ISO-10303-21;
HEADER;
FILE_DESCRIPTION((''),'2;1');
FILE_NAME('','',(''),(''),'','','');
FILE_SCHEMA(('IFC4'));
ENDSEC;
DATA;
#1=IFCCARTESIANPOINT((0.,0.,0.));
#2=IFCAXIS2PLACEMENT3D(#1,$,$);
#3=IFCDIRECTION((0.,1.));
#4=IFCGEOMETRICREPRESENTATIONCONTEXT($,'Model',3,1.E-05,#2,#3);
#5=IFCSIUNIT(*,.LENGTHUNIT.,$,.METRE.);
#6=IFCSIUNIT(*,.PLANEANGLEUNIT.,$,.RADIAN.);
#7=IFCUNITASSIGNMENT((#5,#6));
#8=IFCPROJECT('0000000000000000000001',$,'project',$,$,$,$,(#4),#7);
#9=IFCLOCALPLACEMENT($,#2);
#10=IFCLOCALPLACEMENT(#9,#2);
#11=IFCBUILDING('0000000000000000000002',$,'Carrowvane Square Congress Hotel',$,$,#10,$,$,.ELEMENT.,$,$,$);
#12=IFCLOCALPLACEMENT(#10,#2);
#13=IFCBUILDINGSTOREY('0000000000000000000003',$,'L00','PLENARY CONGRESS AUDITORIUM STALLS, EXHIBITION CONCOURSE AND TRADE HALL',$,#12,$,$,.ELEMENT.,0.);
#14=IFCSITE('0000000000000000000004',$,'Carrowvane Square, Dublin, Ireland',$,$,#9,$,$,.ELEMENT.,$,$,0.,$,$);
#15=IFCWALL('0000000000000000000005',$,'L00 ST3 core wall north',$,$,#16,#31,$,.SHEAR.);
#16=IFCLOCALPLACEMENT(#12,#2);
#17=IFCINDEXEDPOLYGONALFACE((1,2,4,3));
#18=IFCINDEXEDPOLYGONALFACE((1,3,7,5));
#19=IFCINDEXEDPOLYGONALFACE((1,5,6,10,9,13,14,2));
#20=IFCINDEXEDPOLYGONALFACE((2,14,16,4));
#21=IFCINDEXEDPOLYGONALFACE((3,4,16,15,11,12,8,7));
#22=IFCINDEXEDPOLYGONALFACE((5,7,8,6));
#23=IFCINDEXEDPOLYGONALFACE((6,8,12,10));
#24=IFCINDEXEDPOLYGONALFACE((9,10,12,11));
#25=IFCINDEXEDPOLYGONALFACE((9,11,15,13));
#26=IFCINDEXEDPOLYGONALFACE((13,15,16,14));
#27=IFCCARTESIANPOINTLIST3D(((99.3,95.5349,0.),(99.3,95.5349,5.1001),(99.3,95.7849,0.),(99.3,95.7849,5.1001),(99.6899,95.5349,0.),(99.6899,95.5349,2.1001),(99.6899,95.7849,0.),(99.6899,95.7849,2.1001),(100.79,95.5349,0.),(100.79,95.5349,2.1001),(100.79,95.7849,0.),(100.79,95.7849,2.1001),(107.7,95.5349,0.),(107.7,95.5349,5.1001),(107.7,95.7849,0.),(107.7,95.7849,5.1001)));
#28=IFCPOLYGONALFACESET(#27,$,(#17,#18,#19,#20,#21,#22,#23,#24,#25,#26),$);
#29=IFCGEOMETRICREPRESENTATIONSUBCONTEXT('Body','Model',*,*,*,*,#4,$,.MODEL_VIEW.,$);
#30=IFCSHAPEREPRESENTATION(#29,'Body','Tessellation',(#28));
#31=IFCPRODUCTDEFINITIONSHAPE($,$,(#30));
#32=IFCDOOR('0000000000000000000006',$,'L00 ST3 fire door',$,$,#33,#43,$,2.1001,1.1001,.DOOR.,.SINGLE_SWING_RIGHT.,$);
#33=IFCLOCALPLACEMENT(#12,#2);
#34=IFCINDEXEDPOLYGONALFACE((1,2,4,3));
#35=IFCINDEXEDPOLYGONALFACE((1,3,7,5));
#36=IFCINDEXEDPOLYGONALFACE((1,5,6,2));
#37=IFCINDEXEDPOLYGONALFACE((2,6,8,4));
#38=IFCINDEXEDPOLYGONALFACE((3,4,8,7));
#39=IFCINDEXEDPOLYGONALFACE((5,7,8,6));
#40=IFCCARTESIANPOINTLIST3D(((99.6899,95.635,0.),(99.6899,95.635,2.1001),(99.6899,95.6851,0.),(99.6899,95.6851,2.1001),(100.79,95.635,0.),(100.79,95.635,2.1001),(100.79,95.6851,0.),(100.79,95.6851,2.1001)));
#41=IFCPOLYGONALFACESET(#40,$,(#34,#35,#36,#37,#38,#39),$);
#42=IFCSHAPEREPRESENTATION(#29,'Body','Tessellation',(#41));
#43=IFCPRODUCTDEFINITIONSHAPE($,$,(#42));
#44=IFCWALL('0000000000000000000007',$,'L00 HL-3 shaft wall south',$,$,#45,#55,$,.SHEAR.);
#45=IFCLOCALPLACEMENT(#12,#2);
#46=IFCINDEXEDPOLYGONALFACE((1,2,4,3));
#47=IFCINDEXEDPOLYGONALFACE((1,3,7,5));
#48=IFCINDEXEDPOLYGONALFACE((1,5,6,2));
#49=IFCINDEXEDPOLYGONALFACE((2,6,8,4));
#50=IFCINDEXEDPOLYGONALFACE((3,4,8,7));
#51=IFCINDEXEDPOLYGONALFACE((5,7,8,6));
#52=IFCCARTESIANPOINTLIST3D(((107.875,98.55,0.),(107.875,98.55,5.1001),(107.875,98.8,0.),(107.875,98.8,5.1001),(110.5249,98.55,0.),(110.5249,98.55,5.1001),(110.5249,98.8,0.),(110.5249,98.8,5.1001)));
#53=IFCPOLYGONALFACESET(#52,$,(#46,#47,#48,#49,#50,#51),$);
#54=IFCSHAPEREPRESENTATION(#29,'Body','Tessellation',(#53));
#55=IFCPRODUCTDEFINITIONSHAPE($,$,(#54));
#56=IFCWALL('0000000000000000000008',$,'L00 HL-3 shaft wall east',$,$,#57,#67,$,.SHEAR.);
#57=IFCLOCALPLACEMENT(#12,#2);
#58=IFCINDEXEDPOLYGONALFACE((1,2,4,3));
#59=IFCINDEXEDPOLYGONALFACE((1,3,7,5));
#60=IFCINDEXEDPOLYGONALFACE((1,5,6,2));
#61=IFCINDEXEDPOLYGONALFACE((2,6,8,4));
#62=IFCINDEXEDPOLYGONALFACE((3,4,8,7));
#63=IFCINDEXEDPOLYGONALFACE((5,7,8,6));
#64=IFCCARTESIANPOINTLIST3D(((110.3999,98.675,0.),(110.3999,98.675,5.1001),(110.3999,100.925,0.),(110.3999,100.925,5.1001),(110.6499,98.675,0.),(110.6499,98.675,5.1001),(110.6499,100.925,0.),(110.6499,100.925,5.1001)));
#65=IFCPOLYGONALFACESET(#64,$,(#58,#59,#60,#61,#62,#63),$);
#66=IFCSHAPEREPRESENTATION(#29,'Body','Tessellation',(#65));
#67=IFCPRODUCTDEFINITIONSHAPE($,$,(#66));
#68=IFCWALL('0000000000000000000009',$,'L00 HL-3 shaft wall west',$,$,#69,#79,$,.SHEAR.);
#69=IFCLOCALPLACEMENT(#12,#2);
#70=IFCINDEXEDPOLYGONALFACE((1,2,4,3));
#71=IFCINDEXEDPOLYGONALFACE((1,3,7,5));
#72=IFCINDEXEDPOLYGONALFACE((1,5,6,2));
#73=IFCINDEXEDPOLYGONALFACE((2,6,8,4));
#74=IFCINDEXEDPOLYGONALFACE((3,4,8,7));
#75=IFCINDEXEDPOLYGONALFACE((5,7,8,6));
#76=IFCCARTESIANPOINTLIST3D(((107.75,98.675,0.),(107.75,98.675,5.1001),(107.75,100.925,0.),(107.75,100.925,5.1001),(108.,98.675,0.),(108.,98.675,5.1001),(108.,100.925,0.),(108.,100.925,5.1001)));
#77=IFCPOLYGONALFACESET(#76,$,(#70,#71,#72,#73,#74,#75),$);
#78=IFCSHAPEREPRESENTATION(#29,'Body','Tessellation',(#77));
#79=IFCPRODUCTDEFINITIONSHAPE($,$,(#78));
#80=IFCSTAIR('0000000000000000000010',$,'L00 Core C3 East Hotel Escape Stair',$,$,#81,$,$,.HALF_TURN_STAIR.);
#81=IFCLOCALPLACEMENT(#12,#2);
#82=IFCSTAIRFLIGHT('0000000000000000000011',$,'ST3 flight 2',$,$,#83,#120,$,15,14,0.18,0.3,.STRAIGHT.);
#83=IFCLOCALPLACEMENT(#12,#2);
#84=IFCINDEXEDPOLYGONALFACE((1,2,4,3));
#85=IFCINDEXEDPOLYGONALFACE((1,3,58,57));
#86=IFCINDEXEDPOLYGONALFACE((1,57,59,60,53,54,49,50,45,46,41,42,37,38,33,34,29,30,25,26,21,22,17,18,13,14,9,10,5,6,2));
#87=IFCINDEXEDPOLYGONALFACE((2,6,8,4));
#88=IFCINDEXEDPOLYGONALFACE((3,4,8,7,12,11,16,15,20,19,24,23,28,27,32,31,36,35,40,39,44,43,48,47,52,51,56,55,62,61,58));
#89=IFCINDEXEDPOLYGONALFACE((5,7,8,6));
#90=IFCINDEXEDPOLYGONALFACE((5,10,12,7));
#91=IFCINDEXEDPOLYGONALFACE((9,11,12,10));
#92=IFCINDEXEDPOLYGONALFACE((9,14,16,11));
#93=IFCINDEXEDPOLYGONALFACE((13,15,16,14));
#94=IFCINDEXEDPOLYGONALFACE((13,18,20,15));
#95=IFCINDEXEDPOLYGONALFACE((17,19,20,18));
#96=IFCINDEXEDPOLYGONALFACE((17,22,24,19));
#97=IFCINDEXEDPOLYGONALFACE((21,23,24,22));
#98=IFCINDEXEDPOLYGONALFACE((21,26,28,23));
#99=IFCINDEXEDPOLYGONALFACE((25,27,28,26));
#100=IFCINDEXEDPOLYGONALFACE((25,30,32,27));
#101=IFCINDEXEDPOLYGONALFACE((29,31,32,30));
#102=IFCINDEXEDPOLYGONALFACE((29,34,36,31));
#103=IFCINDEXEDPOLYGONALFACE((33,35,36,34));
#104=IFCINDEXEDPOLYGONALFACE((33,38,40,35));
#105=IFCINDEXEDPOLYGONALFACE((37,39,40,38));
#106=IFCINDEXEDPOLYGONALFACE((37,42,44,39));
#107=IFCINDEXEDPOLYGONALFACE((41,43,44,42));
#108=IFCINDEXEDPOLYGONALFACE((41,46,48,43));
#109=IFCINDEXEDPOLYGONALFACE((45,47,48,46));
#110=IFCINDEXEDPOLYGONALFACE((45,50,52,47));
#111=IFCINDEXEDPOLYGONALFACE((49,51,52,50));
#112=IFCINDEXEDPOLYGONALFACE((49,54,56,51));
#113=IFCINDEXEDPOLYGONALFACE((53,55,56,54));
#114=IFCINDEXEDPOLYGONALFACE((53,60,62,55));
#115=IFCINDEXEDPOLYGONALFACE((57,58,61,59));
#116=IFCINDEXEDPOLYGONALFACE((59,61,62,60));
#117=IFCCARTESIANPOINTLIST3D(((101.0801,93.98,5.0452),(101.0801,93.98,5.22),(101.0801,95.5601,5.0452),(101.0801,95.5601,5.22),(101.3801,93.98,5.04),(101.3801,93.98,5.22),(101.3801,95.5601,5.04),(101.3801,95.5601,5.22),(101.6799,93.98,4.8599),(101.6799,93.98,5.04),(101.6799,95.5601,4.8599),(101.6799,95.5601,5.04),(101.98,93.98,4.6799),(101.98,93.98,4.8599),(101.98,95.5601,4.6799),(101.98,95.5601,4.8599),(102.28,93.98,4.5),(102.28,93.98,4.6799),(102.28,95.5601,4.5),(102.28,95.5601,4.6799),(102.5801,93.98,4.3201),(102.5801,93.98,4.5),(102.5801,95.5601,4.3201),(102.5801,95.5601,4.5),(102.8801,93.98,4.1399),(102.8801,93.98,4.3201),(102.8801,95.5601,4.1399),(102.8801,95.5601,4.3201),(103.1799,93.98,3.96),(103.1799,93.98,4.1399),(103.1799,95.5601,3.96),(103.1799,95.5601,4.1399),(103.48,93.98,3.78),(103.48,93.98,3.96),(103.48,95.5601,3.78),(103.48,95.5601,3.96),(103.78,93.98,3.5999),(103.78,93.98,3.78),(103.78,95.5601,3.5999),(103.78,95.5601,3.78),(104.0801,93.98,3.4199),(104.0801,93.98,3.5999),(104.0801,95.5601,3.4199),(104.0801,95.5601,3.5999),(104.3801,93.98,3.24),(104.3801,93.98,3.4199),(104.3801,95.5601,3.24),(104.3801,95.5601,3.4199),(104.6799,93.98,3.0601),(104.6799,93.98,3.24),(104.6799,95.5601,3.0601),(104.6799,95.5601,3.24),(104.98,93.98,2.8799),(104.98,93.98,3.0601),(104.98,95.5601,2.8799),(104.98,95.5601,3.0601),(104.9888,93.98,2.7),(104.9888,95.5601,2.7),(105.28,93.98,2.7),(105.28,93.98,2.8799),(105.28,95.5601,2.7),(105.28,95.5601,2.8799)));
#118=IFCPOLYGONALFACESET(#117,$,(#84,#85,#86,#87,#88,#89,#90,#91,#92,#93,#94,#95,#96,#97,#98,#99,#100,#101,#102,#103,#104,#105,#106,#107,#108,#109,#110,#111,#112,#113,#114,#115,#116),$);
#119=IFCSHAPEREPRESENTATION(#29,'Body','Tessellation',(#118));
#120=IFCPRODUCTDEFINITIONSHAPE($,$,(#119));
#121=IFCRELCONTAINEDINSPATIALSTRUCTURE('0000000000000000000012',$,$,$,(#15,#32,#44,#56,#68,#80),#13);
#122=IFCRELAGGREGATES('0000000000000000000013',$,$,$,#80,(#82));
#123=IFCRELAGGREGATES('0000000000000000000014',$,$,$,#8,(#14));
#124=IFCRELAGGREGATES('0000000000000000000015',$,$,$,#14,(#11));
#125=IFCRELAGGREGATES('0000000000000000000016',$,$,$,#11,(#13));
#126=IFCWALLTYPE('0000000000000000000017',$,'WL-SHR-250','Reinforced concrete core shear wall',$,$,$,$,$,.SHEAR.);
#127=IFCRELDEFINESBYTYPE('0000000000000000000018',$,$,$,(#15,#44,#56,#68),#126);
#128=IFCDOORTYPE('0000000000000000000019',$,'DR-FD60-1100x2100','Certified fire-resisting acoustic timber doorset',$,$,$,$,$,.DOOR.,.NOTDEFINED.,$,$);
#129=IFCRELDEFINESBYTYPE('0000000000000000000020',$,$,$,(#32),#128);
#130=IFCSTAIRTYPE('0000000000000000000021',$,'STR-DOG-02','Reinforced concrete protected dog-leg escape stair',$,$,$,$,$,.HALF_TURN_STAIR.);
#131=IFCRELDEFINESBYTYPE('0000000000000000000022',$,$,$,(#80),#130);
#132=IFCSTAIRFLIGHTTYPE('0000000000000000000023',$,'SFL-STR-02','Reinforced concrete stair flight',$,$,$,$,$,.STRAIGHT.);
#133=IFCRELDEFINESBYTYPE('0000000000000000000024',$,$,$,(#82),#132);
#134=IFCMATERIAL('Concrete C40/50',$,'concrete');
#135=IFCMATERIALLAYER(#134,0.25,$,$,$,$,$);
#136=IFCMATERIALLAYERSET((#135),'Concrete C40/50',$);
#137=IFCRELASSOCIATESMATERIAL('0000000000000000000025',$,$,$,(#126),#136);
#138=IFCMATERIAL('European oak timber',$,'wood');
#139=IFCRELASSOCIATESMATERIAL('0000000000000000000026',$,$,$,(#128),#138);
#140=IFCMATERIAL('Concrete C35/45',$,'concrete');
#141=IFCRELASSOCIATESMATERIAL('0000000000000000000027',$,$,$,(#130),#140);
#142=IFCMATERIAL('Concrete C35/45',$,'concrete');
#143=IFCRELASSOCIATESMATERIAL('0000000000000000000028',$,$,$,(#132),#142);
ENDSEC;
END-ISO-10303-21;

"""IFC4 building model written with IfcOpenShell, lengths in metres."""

from ifc_helpers import new_model, si_unit, direction, frame, frame_2d, origin, place, context, subcontext, project, spatial, polyline, rectangle, outline, extrude, material, layer, layer_set, type_object, element, fill, aggregate, save


model = new_model("IFC4")

# Units and contexts
model_context = context("Model", 3, precision=1e-05, world=origin(), true_north=direction((0.0, 1.0)))
body_context = subcontext(model_context, "Body", "Model", "MODEL_VIEW")
ifc_project = project(units=[si_unit("LENGTHUNIT", "METRE"), si_unit("PLANEANGLEUNIT", "RADIAN")], contexts=[model_context])

# Site, building, storey
site_placement = place(None, origin())
site = spatial("IfcSite", under=ifc_project, at=site_placement, Name="Carrowvane Square, Dublin, Ireland", CompositionType="ELEMENT", RefElevation=0.0)
building_placement = place(site_placement, origin())
building = spatial("IfcBuilding", under=site, at=building_placement, Name="Carrowvane Square Congress Hotel", CompositionType="ELEMENT")
storey_placement = place(building_placement, origin())
storey = spatial("IfcBuildingStorey", under=building, at=storey_placement, Name="L00", Description="PLENARY CONGRESS AUDITORIUM STALLS, EXHIBITION CONCOURSE AND TRADE HALL", CompositionType="ELEMENT", Elevation=0.0)

# Wall, opening, door
ifc_material_1 = material(Name="Concrete C40/50", Category="concrete")
ifc_layer_1 = layer(ifc_material_1, 0.25)
ifc_layer_set_1 = layer_set([ifc_layer_1], Name="Concrete C40/50")
wall_type_1 = type_object("IfcWallType", Name="WL-SHR-250", Description="Reinforced concrete core shear wall", PredefinedType="SHEAR", material=ifc_layer_set_1)
wall_1_placement = place(storey_placement, frame((107.7, 95.6599, 0.0), z_axis=(0.0, 0.0, 1.0), x_axis=(-1.0, 0.0, 0.0)))
wall_1 = element("IfcWall", 1, at=wall_1_placement, inside=storey, type_object=wall_type_1, Name="L00 ST3 core wall north", PredefinedType="SHEAR", context=body_context, shape_type="SweptSolid", body=[
    extrude(rectangle(XDim=8.3999, YDim=0.25, at=frame_2d((4.2, 0.0))), origin(), (0.0, 0.0, 1.0), 5.1001),
])
opening_1_placement = place(wall_1_placement, frame((6.9099, 0.0, 0.0)))
opening_1 = element("IfcOpeningElement", 2, at=opening_1_placement, cuts=wall_1, PredefinedType="OPENING", context=body_context, shape_type="SweptSolid", body=[
    extrude(rectangle(XDim=1.1001, YDim=2.1001, at=frame_2d((0.55, 1.05))), frame((0.0, 0.135, 0.0), z_axis=(0.0, -1.0, 0.0), x_axis=(1.0, 0.0, 0.0)), (0.0, 0.0, 1.0), 0.27),
])
ifc_material_2 = material(Name="European oak timber", Category="wood")
door_type_1 = type_object("IfcDoorType", Name="DR-FD60-1100x2100", Description="Certified fire-resisting acoustic timber doorset", OperationType="NOTDEFINED", PredefinedType="DOOR", material=ifc_material_2)
door_1_placement = place(opening_1_placement, origin())
door_1 = element("IfcDoor", 3, at=door_1_placement, inside=storey, type_object=door_type_1, Name="L00 ST3 fire door", OperationType="SINGLE_SWING_RIGHT", OverallHeight=2.1001, OverallWidth=1.1001, PredefinedType="DOOR", context=body_context, shape_type="SweptSolid", body=[
    extrude(rectangle(XDim=1.1001, YDim=2.1001, at=frame_2d((0.55, 1.05))), frame((0.0, 0.0249, 0.0), z_axis=(0.0, -1.0, 0.0), x_axis=(1.0, 0.0, 0.0)), (0.0, 0.0, 1.0), 0.05),
])
fill(opening_1, door_1)

# Walls
wall_2_placement = place(storey_placement, frame((107.875, 98.675, 0.0), z_axis=(0.0, 0.0, 1.0), x_axis=(1.0, 0.0, 0.0)))
element("IfcWall", 4, at=wall_2_placement, inside=storey, type_object=wall_type_1, Name="L00 HL-3 shaft wall south", PredefinedType="SHEAR", context=body_context, shape_type="SweptSolid", body=[
    extrude(rectangle(XDim=2.6499, YDim=0.25, at=frame_2d((1.325, 0.0))), origin(), (0.0, 0.0, 1.0), 5.1001),
])
wall_3_placement = place(storey_placement, frame((110.5249, 98.675, 0.0), z_axis=(0.0, 0.0, 1.0), x_axis=(0.0, 1.0, 0.0)))
element("IfcWall", 5, at=wall_3_placement, inside=storey, type_object=wall_type_1, Name="L00 HL-3 shaft wall east", PredefinedType="SHEAR", context=body_context, shape_type="SweptSolid", body=[
    extrude(rectangle(XDim=2.25, YDim=0.25, at=frame_2d((1.125, 0.0))), origin(), (0.0, 0.0, 1.0), 5.1001),
])

# Wall
wall_4_placement = place(storey_placement, frame((107.875, 100.925, 0.0), z_axis=(0.0, 0.0, 1.0), x_axis=(0.0, -1.0, 0.0)))
element("IfcWall", 6, at=wall_4_placement, inside=storey, type_object=wall_type_1, Name="L00 HL-3 shaft wall west", PredefinedType="SHEAR", context=body_context, shape_type="SweptSolid", body=[
    extrude(rectangle(XDim=2.25, YDim=0.25, at=frame_2d((1.125, 0.0))), origin(), (0.0, 0.0, 1.0), 5.1001),
])

# Stair, stair flight
ifc_material_3 = material(Name="Concrete C35/45", Category="concrete")
stair_type = type_object("IfcStairType", Name="STR-DOG-02", Description="Reinforced concrete protected dog-leg escape stair", PredefinedType="HALF_TURN_STAIR", material=ifc_material_3)
stair_placement = place(storey_placement, origin())
stair = element("IfcStair", 7, at=stair_placement, inside=storey, type_object=stair_type, Name="L00 Core C3 East Hotel Escape Stair", PredefinedType="HALF_TURN_STAIR")
ifc_material_4 = material(Name="Concrete C35/45", Category="concrete")
stair_flight_type = type_object("IfcStairFlightType", Name="SFL-STR-02", Description="Reinforced concrete stair flight", PredefinedType="STRAIGHT", material=ifc_material_4)
stair_flight_placement = place(storey_placement, frame((105.28, 94.77, 2.7), z_axis=(0.0, 0.0, 1.0), x_axis=(-1.0, 0.0, 0.0)))
stair_flight = element("IfcStairFlight", 8, at=stair_flight_placement, type_object=stair_flight_type, Name="ST3 flight 2", NumberOfRisers=15, NumberOfTreads=14, PredefinedType="STRAIGHT", RiserHeight=0.18, TreadLength=0.3, context=body_context, shape_type="SweptSolid", body=[
    extrude(outline(polyline([(0.0, 0.0), (0.0, 0.1799), (0.3, 0.1799), (0.3, 0.3601), (0.6001, 0.3601), (0.6001, 0.54), (0.8999, 0.54), (0.8999, 0.72), (1.2, 0.72), (1.2, 0.8999), (1.5, 0.8999), (1.5, 1.0801), (1.8, 1.0801), (1.8, 1.26), (2.1001, 1.26), (2.1001, 1.4399), (2.3999, 1.4399), (2.3999, 1.6201), (2.7, 1.6201), (2.7, 1.8), (3.0, 1.8), (3.0, 1.98), (3.3, 1.98), (3.3, 2.1599), (3.6001, 2.1599), (3.6001, 2.3401), (3.8999, 2.3401), (3.8999, 2.52), (4.2, 2.52), (4.2, 2.7), (4.2, 2.3452), (0.2913, 0.0), (0.0, 0.0)])), frame((0.0, 0.79, 0.0), z_axis=(0.0, -1.0, 0.0), x_axis=(1.0, 0.0, 0.0)), (0.0, 0.0, 1.0), 1.5801),
])
aggregate(stair, [stair_flight])

save(model, "model.ifc")
